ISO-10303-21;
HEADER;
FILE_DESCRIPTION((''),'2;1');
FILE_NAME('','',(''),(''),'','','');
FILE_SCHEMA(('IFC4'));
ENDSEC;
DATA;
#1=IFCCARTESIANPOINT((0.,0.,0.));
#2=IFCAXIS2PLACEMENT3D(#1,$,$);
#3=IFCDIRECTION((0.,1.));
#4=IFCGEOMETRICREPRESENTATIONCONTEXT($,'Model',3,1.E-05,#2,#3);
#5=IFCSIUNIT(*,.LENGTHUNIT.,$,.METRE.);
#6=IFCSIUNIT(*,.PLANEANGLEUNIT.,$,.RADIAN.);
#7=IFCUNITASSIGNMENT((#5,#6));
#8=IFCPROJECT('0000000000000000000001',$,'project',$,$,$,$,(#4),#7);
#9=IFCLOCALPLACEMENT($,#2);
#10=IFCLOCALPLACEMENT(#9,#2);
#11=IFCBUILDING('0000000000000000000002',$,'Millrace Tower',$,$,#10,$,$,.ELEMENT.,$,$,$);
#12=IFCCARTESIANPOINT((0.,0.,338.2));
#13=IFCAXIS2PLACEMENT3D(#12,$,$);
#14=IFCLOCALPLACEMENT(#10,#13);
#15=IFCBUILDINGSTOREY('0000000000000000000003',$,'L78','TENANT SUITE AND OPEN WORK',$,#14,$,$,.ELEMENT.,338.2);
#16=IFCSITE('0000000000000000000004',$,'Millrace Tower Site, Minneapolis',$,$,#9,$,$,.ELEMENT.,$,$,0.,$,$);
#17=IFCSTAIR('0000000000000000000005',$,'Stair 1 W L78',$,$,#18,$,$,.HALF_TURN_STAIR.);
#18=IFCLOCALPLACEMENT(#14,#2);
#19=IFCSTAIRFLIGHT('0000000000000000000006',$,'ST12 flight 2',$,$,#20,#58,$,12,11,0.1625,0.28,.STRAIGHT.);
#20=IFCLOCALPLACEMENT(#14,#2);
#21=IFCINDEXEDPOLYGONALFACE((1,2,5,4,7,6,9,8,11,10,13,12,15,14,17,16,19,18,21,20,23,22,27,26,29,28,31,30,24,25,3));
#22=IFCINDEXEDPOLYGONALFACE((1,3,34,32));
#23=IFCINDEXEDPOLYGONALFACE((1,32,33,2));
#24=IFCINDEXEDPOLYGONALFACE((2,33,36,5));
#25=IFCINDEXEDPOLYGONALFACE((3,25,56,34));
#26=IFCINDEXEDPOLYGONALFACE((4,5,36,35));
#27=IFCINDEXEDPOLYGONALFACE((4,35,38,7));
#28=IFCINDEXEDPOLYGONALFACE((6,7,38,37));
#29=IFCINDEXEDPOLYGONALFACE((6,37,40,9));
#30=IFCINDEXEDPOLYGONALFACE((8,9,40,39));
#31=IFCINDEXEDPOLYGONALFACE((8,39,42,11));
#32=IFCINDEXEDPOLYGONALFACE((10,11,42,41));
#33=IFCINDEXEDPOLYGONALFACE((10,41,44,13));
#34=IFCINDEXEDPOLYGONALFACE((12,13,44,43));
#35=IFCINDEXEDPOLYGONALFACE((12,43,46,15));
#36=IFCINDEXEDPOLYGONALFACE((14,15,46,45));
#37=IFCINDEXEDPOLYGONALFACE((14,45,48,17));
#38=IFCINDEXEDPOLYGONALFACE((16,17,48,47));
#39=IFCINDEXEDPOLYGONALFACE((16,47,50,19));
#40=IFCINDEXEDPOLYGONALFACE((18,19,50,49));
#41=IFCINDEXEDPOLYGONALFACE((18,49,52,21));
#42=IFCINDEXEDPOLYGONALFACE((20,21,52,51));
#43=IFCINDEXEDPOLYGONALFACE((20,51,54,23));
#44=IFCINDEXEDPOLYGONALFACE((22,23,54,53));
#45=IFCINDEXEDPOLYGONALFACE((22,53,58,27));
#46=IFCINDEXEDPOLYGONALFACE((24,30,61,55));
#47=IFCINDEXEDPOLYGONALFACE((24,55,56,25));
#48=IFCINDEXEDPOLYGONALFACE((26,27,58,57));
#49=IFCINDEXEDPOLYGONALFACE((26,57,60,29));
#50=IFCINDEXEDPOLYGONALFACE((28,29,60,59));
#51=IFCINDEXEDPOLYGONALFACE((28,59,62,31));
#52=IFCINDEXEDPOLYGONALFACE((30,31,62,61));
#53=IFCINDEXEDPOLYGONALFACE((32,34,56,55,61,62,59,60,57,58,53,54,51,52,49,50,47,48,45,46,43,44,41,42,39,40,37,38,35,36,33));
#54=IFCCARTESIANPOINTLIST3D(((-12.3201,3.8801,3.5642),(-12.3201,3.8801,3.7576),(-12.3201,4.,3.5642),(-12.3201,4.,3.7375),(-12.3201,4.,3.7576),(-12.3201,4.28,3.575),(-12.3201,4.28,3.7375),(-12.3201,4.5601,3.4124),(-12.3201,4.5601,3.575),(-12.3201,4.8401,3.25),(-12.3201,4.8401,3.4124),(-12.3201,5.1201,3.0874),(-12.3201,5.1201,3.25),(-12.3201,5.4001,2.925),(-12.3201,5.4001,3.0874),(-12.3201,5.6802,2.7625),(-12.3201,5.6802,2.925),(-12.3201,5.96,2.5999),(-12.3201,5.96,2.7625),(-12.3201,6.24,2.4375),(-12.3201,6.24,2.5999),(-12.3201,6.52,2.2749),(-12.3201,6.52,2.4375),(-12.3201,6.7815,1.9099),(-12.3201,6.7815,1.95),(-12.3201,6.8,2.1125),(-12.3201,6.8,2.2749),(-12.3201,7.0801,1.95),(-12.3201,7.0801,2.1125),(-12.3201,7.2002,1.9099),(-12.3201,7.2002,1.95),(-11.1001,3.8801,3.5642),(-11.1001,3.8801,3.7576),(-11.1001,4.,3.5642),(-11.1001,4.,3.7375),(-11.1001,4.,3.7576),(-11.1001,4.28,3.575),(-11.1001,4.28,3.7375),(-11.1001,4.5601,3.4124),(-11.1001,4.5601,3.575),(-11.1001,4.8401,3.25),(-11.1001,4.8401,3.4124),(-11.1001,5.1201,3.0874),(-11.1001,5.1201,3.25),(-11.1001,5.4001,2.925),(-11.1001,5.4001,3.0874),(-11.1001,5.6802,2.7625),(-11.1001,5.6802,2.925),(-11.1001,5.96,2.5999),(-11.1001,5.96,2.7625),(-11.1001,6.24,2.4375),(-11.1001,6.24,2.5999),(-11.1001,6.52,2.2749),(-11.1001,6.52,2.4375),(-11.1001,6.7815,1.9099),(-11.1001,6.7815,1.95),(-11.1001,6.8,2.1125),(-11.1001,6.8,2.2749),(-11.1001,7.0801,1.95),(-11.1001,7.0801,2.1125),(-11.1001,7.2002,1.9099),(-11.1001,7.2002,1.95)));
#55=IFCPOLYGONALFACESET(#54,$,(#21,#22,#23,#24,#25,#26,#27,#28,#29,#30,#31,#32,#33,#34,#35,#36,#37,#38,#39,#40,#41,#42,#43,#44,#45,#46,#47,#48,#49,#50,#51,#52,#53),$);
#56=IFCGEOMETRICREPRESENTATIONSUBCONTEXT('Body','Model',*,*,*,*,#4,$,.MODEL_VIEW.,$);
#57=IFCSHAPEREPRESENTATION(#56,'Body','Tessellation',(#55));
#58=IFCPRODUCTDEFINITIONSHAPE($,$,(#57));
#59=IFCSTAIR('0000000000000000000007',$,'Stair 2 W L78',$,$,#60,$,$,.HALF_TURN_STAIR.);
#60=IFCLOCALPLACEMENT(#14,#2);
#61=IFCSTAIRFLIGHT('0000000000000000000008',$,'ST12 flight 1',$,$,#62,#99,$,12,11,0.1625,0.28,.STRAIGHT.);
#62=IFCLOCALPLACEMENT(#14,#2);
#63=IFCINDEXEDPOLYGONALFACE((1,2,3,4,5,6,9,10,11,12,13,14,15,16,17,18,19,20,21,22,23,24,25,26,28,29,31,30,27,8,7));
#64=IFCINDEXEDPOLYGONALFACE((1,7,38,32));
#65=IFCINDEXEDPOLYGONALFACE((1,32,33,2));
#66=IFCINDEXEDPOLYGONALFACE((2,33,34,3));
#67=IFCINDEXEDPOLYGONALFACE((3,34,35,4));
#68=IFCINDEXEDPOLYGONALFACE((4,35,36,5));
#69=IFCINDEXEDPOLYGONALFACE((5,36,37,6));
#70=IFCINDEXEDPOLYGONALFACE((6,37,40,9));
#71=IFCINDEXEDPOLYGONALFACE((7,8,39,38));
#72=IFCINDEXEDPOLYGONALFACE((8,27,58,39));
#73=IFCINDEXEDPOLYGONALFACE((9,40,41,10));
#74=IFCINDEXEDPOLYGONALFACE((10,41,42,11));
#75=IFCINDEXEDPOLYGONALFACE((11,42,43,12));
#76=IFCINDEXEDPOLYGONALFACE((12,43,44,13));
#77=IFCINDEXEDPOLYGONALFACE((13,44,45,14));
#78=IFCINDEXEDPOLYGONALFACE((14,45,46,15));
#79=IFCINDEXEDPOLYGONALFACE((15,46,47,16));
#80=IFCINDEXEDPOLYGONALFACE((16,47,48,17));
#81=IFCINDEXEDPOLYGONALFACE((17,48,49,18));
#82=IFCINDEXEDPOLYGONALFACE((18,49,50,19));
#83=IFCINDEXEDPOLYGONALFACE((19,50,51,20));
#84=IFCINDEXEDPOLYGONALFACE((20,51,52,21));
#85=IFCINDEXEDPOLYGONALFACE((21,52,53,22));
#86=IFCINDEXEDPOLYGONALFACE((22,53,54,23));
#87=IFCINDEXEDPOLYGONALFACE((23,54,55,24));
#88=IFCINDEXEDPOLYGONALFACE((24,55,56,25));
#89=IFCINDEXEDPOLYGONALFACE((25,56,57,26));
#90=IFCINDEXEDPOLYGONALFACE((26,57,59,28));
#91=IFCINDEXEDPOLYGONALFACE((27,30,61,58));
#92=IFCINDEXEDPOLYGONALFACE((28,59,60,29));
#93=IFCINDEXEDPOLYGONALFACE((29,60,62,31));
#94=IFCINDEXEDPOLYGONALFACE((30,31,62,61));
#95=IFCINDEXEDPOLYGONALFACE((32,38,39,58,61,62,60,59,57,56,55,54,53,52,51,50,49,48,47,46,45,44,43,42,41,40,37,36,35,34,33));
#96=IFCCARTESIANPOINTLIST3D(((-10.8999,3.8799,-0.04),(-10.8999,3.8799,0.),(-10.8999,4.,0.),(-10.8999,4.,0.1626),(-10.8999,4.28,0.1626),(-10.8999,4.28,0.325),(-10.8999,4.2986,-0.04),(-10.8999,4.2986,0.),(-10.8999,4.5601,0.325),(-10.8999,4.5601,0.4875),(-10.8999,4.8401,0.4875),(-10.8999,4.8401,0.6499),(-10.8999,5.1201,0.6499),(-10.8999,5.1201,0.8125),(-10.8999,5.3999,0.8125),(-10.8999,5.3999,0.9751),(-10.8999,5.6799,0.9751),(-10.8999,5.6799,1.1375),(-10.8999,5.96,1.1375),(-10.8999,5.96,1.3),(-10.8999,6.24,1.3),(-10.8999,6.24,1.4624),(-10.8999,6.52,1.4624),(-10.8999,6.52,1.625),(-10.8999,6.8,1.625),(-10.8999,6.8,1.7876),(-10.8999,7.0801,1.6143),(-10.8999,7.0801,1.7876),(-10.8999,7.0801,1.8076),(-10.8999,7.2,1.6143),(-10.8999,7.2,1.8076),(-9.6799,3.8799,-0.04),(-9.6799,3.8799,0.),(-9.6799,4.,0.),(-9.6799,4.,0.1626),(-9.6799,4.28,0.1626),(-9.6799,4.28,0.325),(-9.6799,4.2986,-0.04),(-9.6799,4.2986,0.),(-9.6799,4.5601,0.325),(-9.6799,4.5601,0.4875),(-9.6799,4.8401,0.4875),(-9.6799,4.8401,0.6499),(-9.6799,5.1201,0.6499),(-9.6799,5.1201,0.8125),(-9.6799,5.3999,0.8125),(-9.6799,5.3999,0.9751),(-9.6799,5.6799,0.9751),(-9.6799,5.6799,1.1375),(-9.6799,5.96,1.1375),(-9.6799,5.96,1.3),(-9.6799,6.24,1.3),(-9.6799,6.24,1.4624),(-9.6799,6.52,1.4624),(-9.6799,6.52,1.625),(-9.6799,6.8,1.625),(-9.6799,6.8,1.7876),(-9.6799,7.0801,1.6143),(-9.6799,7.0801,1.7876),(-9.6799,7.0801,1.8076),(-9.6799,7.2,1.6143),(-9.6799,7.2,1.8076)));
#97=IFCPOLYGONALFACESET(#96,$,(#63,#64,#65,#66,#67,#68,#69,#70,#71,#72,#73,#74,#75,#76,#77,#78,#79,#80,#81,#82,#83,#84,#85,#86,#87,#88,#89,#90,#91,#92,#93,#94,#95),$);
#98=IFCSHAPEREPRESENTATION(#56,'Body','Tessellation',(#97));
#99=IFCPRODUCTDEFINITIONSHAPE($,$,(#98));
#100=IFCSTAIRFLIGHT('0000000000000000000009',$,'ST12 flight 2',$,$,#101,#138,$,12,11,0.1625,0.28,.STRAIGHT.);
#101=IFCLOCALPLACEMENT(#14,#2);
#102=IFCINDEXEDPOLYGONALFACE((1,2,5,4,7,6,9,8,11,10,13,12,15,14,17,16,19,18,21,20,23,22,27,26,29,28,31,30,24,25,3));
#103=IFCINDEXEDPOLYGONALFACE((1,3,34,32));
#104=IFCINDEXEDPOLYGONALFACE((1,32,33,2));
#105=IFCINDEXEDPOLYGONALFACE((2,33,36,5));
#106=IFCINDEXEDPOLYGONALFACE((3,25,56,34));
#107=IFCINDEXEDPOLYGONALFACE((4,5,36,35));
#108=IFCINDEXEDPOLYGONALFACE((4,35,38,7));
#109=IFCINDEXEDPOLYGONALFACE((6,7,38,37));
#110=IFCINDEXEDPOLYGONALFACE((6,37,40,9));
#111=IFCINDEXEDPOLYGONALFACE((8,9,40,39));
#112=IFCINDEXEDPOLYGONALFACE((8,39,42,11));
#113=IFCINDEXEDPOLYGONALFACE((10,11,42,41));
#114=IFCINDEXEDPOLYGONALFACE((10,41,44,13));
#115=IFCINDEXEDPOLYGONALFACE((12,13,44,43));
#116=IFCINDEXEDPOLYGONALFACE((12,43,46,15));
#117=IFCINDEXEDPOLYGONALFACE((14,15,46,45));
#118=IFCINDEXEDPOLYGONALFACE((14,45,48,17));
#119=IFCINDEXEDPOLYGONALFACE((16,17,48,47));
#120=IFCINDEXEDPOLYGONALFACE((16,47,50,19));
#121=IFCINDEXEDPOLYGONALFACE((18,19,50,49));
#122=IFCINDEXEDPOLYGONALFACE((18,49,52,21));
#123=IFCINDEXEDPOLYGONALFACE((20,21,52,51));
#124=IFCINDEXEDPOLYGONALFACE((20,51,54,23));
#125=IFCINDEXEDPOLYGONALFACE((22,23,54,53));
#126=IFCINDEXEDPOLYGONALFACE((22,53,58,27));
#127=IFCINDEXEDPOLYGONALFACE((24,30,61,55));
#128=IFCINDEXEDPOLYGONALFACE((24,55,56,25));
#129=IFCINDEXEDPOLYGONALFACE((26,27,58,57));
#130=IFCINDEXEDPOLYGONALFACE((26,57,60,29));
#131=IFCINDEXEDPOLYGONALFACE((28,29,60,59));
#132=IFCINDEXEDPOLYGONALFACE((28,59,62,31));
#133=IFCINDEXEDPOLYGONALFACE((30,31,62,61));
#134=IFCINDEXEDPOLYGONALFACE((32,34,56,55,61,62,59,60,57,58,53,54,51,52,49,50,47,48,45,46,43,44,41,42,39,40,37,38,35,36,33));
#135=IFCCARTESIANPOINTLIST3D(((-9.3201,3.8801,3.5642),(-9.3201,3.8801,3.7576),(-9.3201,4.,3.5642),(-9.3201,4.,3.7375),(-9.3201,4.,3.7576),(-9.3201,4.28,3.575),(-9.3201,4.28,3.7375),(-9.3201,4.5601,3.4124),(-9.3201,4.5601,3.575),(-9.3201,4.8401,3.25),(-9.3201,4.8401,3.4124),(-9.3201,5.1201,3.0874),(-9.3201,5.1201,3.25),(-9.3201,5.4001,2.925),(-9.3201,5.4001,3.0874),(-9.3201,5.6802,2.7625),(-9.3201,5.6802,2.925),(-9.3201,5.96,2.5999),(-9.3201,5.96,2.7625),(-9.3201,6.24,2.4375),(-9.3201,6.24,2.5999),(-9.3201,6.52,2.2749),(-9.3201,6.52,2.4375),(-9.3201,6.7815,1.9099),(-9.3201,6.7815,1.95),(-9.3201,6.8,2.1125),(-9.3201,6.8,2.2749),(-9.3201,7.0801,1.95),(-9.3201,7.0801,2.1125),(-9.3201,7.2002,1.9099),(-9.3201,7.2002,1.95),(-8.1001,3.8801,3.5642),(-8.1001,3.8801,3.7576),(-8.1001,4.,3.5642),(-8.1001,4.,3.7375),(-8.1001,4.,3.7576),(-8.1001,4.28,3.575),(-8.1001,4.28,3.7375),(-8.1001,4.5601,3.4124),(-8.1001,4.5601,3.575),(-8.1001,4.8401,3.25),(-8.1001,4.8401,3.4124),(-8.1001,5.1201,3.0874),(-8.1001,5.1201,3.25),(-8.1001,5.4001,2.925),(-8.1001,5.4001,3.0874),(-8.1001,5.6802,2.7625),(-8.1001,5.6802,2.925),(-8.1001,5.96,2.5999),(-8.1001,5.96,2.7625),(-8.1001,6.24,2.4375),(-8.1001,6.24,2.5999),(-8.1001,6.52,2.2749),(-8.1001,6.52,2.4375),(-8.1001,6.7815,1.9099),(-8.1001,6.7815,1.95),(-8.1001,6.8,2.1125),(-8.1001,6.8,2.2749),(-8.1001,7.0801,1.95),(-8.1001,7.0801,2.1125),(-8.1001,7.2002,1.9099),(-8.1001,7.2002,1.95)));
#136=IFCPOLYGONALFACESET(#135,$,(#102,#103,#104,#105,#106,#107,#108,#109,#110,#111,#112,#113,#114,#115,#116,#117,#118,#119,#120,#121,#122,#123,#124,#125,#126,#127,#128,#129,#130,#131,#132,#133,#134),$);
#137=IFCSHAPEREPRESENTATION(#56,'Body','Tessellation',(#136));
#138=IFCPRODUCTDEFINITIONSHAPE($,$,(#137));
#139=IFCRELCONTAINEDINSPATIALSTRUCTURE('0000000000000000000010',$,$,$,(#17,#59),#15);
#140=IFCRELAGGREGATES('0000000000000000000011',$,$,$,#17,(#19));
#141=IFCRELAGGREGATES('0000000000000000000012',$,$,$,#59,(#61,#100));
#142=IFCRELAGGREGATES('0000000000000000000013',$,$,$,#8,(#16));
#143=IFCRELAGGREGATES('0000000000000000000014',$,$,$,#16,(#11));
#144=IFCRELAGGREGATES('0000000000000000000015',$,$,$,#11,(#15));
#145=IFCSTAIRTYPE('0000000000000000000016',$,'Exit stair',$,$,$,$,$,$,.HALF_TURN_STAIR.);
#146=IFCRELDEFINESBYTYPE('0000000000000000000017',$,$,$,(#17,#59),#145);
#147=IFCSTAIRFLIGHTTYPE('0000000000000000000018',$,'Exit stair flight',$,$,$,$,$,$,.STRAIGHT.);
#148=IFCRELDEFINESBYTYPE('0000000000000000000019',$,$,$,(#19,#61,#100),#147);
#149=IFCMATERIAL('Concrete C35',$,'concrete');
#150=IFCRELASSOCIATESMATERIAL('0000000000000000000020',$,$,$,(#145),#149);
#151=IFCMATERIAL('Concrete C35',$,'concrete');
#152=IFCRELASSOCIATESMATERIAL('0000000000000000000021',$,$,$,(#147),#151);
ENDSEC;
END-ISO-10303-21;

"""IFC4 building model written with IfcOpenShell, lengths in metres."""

from ifc_helpers import new_model, si_unit, direction, frame, origin, place, context, subcontext, project, spatial, polyline, outline, extrude, material, type_object, element, aggregate, save


model = new_model("IFC4")

# Units and contexts
model_context = context("Model", 3, precision=1e-05, world=origin(), true_north=direction((0.0, 1.0)))
body_context = subcontext(model_context, "Body", "Model", "MODEL_VIEW")
ifc_project = project(units=[si_unit("LENGTHUNIT", "METRE"), si_unit("PLANEANGLEUNIT", "RADIAN")], contexts=[model_context])

# Site, building, storey
site_placement = place(None, origin())
site = spatial("IfcSite", under=ifc_project, at=site_placement, Name="Millrace Tower Site, Minneapolis", CompositionType="ELEMENT", RefElevation=0.0)
building_placement = place(site_placement, origin())
building = spatial("IfcBuilding", under=site, at=building_placement, Name="Millrace Tower", CompositionType="ELEMENT")
storey_placement = place(building_placement, frame((0.0, 0.0, 338.2)))
storey = spatial("IfcBuildingStorey", under=building, at=storey_placement, Name="L78", Description="TENANT SUITE AND OPEN WORK", CompositionType="ELEMENT", Elevation=338.2)

# Stairs, stair flights
ifc_material_1 = material(Name="Concrete C35", Category="concrete")
stair_type = type_object("IfcStairType", Name="Exit stair", PredefinedType="HALF_TURN_STAIR", material=ifc_material_1)
placement = place(storey_placement, origin())
stair_1 = element("IfcStair", 1, at=placement, inside=storey, type_object=stair_type, Name="Stair 1 W L78", PredefinedType="HALF_TURN_STAIR")
ifc_material_2 = material(Name="Concrete C35", Category="concrete")
stair_flight_type = type_object("IfcStairFlightType", Name="Exit stair flight", PredefinedType="STRAIGHT", material=ifc_material_2)
stair_flight_1_placement = place(storey_placement, frame((-11.71, 7.0801, 1.95), z_axis=(0.0, 0.0, 1.0), x_axis=(0.0, -1.0, 0.0)))
stair_flight_1 = element("IfcStairFlight", 2, at=stair_flight_1_placement, type_object=stair_flight_type, Name="ST12 flight 2", NumberOfRisers=12, NumberOfTreads=11, PredefinedType="STRAIGHT", RiserHeight=0.1625, TreadLength=0.28, context=body_context, shape_type="SweptSolid", body=[
    extrude(outline(polyline([(-0.1201, -0.04), (-0.1201, 0.0), (0.0, 0.0), (0.0, 0.1626), (0.28, 0.1626), (0.28, 0.325), (0.5601, 0.325), (0.5601, 0.4875), (0.8401, 0.4875), (0.8401, 0.6499), (1.1201, 0.6499), (1.1201, 0.8125), (1.3999, 0.8125), (1.3999, 0.9751), (1.6799, 0.9751), (1.6799, 1.1375), (1.96, 1.1375), (1.96, 1.3), (2.24, 1.3), (2.24, 1.4624), (2.52, 1.4624), (2.52, 1.625), (2.8, 1.625), (2.8, 1.7876), (3.0801, 1.7876), (3.0801, 1.8076), (3.2, 1.8076), (3.2, 1.6143), (3.0801, 1.6143), (0.2986, 0.0), (0.2986, -0.04), (-0.1201, -0.04)])), frame((0.0, 0.6099, 0.0), z_axis=(0.0, -1.0, 0.0), x_axis=(1.0, 0.0, 0.0)), (0.0, 0.0, 1.0), 1.22),
])
aggregate(stair_1, [stair_flight_1])
stair_2 = element("IfcStair", 3, at=placement, inside=storey, type_object=stair_type, Name="Stair 2 W L78", PredefinedType="HALF_TURN_STAIR")
stair_flight_2_placement = place(storey_placement, frame((-10.29, 4.0, 0.0), z_axis=(0.0, 0.0, 1.0), x_axis=(0.0, 1.0, 0.0)))
stair_flight_2 = element("IfcStairFlight", 4, at=stair_flight_2_placement, type_object=stair_flight_type, Name="ST12 flight 1", NumberOfRisers=12, NumberOfTreads=11, PredefinedType="STRAIGHT", RiserHeight=0.1625, TreadLength=0.28, context=body_context, shape_type="SweptSolid", body=[
    extrude(outline(polyline([(-0.1201, -0.04), (-0.1201, 0.0), (0.0, 0.0), (0.0, 0.1626), (0.28, 0.1626), (0.28, 0.325), (0.5601, 0.325), (0.5601, 0.4875), (0.8401, 0.4875), (0.8401, 0.6499), (1.1201, 0.6499), (1.1201, 0.8125), (1.3999, 0.8125), (1.3999, 0.9751), (1.6799, 0.9751), (1.6799, 1.1375), (1.96, 1.1375), (1.96, 1.3), (2.24, 1.3), (2.24, 1.4624), (2.52, 1.4624), (2.52, 1.625), (2.8, 1.625), (2.8, 1.7876), (3.0801, 1.7876), (3.0801, 1.8076), (3.2, 1.8076), (3.2, 1.6143), (3.0801, 1.6143), (0.2986, 0.0), (0.2986, -0.04), (-0.1201, -0.04)])), frame((0.0, 0.6099, 0.0), z_axis=(0.0, -1.0, 0.0), x_axis=(1.0, 0.0, 0.0)), (0.0, 0.0, 1.0), 1.22),
])
stair_flight_3_placement = place(storey_placement, frame((-8.71, 7.0801, 1.95), z_axis=(0.0, 0.0, 1.0), x_axis=(0.0, -1.0, 0.0)))
stair_flight_3 = element("IfcStairFlight", 5, at=stair_flight_3_placement, type_object=stair_flight_type, Name="ST12 flight 2", NumberOfRisers=12, NumberOfTreads=11, PredefinedType="STRAIGHT", RiserHeight=0.1625, TreadLength=0.28, context=body_context, shape_type="SweptSolid", body=[
    extrude(outline(polyline([(-0.1201, -0.04), (-0.1201, 0.0), (0.0, 0.0), (0.0, 0.1626), (0.28, 0.1626), (0.28, 0.325), (0.5601, 0.325), (0.5601, 0.4875), (0.8401, 0.4875), (0.8401, 0.6499), (1.1201, 0.6499), (1.1201, 0.8125), (1.3999, 0.8125), (1.3999, 0.9751), (1.6799, 0.9751), (1.6799, 1.1375), (1.96, 1.1375), (1.96, 1.3), (2.24, 1.3), (2.24, 1.4624), (2.52, 1.4624), (2.52, 1.625), (2.8, 1.625), (2.8, 1.7876), (3.0801, 1.7876), (3.0801, 1.8076), (3.2, 1.8076), (3.2, 1.6143), (3.0801, 1.6143), (0.2986, 0.0), (0.2986, -0.04), (-0.1201, -0.04)])), frame((0.0, 0.6099, 0.0), z_axis=(0.0, -1.0, 0.0), x_axis=(1.0, 0.0, 0.0)), (0.0, 0.0, 1.0), 1.22),
])
aggregate(stair_2, [stair_flight_2, stair_flight_3])

save(model, "model.ifc")
